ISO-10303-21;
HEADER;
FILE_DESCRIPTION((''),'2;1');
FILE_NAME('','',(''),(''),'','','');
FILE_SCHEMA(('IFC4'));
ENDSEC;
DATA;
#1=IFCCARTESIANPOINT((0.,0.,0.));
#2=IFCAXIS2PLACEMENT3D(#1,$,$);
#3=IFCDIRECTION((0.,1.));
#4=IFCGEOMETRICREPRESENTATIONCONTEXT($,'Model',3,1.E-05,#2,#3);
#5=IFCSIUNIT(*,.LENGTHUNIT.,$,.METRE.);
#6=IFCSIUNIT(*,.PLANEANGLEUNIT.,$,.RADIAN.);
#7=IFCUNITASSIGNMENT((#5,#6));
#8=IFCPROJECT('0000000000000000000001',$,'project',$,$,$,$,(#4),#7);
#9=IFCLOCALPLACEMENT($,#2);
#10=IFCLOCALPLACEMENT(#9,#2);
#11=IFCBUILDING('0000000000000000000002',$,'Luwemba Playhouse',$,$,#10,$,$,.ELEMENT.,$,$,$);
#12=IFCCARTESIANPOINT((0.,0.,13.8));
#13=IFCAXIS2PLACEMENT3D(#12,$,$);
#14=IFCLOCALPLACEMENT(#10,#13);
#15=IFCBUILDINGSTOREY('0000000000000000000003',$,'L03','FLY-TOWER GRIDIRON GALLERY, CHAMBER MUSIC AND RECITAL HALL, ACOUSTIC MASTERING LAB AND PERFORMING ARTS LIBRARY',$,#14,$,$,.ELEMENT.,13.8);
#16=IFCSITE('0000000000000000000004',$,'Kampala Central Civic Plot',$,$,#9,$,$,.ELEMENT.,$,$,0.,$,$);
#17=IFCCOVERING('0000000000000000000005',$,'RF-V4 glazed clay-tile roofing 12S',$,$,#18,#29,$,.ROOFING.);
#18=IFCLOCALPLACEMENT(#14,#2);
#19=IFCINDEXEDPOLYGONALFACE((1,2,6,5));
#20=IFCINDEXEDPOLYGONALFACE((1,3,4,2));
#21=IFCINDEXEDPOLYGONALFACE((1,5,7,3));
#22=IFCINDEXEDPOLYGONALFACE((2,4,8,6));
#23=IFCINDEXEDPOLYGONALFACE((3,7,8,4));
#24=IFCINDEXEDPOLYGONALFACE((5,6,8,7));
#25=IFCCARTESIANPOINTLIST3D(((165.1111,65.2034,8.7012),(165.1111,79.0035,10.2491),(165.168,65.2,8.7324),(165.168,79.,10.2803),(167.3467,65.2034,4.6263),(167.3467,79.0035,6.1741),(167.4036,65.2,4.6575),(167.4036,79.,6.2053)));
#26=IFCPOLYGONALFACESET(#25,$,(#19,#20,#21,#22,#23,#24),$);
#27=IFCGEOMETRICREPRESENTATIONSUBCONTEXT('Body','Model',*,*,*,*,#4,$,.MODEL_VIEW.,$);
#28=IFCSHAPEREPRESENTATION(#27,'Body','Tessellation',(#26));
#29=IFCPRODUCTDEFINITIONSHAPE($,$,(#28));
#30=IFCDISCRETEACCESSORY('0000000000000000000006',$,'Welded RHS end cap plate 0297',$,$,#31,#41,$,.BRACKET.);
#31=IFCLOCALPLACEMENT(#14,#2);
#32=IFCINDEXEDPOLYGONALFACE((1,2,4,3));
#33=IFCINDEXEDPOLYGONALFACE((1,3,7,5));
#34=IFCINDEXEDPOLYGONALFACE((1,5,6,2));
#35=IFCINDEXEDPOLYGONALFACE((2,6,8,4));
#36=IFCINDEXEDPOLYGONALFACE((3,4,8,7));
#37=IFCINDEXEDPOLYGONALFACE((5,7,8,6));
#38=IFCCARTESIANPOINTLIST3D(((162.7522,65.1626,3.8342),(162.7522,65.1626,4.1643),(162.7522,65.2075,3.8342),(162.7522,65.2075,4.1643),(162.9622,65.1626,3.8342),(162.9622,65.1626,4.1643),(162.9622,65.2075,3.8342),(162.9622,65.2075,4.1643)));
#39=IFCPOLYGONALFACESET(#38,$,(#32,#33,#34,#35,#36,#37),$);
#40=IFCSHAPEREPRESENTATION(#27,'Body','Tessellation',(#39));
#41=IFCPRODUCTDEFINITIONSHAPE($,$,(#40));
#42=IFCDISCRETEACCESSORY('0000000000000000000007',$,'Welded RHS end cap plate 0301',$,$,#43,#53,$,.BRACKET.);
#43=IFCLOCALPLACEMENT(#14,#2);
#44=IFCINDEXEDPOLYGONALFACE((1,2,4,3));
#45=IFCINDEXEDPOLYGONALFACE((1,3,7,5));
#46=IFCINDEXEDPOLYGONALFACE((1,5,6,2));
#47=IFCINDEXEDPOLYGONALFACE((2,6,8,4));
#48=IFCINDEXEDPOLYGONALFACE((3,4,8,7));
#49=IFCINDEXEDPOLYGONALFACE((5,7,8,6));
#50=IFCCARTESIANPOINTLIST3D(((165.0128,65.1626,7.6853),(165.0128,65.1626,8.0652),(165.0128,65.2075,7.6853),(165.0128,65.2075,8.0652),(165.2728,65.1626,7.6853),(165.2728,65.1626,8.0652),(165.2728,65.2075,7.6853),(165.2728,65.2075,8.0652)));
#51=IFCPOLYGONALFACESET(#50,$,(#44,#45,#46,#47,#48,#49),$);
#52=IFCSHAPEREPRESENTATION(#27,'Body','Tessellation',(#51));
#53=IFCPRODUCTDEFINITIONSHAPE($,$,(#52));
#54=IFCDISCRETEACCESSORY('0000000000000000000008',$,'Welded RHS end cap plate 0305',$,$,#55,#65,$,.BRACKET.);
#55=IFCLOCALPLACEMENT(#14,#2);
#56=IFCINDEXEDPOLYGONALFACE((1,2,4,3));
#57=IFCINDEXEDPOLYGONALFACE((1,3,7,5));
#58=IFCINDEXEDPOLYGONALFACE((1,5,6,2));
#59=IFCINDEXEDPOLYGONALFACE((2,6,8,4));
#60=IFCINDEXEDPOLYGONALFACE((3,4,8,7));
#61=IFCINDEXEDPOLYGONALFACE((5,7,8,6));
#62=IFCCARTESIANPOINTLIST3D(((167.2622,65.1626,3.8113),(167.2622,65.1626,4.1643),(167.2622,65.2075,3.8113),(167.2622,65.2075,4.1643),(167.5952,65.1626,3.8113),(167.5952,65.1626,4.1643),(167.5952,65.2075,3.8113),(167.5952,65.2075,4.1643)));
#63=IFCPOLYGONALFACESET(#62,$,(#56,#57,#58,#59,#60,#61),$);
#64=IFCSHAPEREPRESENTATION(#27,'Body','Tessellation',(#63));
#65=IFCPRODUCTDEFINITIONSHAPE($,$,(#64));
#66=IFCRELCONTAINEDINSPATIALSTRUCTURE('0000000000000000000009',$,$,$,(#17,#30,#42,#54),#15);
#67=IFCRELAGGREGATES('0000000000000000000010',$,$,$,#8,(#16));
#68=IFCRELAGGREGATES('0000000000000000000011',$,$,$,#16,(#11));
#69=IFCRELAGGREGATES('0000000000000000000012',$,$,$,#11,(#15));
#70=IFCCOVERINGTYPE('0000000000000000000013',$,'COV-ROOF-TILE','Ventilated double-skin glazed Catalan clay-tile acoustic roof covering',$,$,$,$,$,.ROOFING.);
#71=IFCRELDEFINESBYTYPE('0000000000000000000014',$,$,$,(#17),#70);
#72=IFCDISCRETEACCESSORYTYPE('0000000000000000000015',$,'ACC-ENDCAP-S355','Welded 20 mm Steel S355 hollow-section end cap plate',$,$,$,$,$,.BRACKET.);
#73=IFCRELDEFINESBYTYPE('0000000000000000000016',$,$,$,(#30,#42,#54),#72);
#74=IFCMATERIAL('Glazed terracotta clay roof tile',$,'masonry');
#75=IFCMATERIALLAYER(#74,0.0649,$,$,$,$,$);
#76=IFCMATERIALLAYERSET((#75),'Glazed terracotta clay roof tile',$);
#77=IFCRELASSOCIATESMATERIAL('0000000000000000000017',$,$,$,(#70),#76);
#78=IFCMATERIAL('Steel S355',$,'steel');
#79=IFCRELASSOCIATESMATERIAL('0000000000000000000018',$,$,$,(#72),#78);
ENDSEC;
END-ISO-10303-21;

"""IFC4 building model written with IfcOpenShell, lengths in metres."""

from ifc_helpers import new_model, si_unit, direction, frame, origin, origin_2d, place, context, subcontext, project, spatial, polyline, rectangle, outline, extrude, material, layer, layer_set, type_object, element, save


model = new_model("IFC4")

# Units and contexts
model_context = context("Model", 3, precision=1e-05, world=origin(), true_north=direction((0.0, 1.0)))
body_context = subcontext(model_context, "Body", "Model", "MODEL_VIEW")
ifc_project = project(units=[si_unit("LENGTHUNIT", "METRE"), si_unit("PLANEANGLEUNIT", "RADIAN")], contexts=[model_context])

# Site, building, storey
site_placement = place(None, origin())
site = spatial("IfcSite", under=ifc_project, at=site_placement, Name="Kampala Central Civic Plot", CompositionType="ELEMENT", RefElevation=0.0)
building_placement = place(site_placement, origin())
building = spatial("IfcBuilding", under=site, at=building_placement, Name="Luwemba Playhouse", CompositionType="ELEMENT")
storey_placement = place(building_placement, frame((0.0, 0.0, 13.8)))
storey = spatial("IfcBuildingStorey", under=building, at=storey_placement, Name="L03", Description="FLY-TOWER GRIDIRON GALLERY, CHAMBER MUSIC AND RECITAL HALL, ACOUSTIC MASTERING LAB AND PERFORMING ARTS LIBRARY", CompositionType="ELEMENT", Elevation=13.8)

# Shared definitions
ifc_material_1 = material(Name="Steel S355", Category="steel")

# Covering
ifc_material_2 = material(Name="Glazed terracotta clay roof tile", Category="masonry")
ifc_layer_1 = layer(ifc_material_2, 0.0649)
ifc_layer_set_1 = layer_set([ifc_layer_1], Name="Glazed terracotta clay roof tile")
covering_type = type_object("IfcCoveringType", Name="COV-ROOF-TILE", Description="Ventilated double-skin glazed Catalan clay-tile acoustic roof covering", PredefinedType="ROOFING", material=ifc_layer_set_1)
covering_1_placement = place(storey_placement, frame((165.168, 65.2, 8.7324), z_axis=(0.875454, -0.053871, 0.48029), x_axis=(0.480989, 0.0, -0.876727)))
element("IfcCovering", 1, at=covering_1_placement, inside=storey, type_object=covering_type, Name="RF-V4 glazed clay-tile roofing 12S", PredefinedType="ROOFING", context=body_context, shape_type="SweptSolid", body=[
    extrude(outline(polyline([(0.0, 0.0), (4.6479, 0.0), (3.2909, 13.8201), (-1.357, 13.8201), (0.0, 0.0)])), origin(), (0.0, 0.0, -1.0), 0.0649),
])

# Discrete accessories
discrete_accessory_type = type_object("IfcDiscreteAccessoryType", Name="ACC-ENDCAP-S355", Description="Welded 20 mm Steel S355 hollow-section end cap plate", PredefinedType="BRACKET", material=ifc_material_1)
discrete_accessory_1_placement = place(storey_placement, frame((162.8572, 65.1851, 3.8342), z_axis=(0.0, 0.0, 1.0), x_axis=(1.0, 0.0, 0.0)))
element("IfcDiscreteAccessory", 2, at=discrete_accessory_1_placement, inside=storey, type_object=discrete_accessory_type, Name="Welded RHS end cap plate 0297", PredefinedType="BRACKET", context=body_context, shape_type="SweptSolid", body=[
    extrude(rectangle(XDim=0.21, YDim=0.0449, at=origin_2d()), origin(), (0.0, 0.0, 1.0), 0.3301),
])
discrete_accessory_2_placement = place(storey_placement, frame((165.1428, 65.1851, 7.6853), z_axis=(0.0, 0.0, 1.0), x_axis=(1.0, 0.0, 0.0)))
element("IfcDiscreteAccessory", 3, at=discrete_accessory_2_placement, inside=storey, type_object=discrete_accessory_type, Name="Welded RHS end cap plate 0301", PredefinedType="BRACKET", context=body_context, shape_type="SweptSolid", body=[
    extrude(rectangle(XDim=0.26, YDim=0.0449, at=origin_2d()), origin(), (0.0, 0.0, 1.0), 0.3799),
])
discrete_accessory_3_placement = place(storey_placement, frame((167.4287, 65.1851, 3.8113), z_axis=(0.0, 0.0, 1.0), x_axis=(1.0, 0.0, 0.0)))
element("IfcDiscreteAccessory", 4, at=discrete_accessory_3_placement, inside=storey, type_object=discrete_accessory_type, Name="Welded RHS end cap plate 0305", PredefinedType="BRACKET", context=body_context, shape_type="SweptSolid", body=[
    extrude(rectangle(XDim=0.333, YDim=0.0449, at=origin_2d()), origin(), (0.0, 0.0, 1.0), 0.353),
])

save(model, "model.ifc")
